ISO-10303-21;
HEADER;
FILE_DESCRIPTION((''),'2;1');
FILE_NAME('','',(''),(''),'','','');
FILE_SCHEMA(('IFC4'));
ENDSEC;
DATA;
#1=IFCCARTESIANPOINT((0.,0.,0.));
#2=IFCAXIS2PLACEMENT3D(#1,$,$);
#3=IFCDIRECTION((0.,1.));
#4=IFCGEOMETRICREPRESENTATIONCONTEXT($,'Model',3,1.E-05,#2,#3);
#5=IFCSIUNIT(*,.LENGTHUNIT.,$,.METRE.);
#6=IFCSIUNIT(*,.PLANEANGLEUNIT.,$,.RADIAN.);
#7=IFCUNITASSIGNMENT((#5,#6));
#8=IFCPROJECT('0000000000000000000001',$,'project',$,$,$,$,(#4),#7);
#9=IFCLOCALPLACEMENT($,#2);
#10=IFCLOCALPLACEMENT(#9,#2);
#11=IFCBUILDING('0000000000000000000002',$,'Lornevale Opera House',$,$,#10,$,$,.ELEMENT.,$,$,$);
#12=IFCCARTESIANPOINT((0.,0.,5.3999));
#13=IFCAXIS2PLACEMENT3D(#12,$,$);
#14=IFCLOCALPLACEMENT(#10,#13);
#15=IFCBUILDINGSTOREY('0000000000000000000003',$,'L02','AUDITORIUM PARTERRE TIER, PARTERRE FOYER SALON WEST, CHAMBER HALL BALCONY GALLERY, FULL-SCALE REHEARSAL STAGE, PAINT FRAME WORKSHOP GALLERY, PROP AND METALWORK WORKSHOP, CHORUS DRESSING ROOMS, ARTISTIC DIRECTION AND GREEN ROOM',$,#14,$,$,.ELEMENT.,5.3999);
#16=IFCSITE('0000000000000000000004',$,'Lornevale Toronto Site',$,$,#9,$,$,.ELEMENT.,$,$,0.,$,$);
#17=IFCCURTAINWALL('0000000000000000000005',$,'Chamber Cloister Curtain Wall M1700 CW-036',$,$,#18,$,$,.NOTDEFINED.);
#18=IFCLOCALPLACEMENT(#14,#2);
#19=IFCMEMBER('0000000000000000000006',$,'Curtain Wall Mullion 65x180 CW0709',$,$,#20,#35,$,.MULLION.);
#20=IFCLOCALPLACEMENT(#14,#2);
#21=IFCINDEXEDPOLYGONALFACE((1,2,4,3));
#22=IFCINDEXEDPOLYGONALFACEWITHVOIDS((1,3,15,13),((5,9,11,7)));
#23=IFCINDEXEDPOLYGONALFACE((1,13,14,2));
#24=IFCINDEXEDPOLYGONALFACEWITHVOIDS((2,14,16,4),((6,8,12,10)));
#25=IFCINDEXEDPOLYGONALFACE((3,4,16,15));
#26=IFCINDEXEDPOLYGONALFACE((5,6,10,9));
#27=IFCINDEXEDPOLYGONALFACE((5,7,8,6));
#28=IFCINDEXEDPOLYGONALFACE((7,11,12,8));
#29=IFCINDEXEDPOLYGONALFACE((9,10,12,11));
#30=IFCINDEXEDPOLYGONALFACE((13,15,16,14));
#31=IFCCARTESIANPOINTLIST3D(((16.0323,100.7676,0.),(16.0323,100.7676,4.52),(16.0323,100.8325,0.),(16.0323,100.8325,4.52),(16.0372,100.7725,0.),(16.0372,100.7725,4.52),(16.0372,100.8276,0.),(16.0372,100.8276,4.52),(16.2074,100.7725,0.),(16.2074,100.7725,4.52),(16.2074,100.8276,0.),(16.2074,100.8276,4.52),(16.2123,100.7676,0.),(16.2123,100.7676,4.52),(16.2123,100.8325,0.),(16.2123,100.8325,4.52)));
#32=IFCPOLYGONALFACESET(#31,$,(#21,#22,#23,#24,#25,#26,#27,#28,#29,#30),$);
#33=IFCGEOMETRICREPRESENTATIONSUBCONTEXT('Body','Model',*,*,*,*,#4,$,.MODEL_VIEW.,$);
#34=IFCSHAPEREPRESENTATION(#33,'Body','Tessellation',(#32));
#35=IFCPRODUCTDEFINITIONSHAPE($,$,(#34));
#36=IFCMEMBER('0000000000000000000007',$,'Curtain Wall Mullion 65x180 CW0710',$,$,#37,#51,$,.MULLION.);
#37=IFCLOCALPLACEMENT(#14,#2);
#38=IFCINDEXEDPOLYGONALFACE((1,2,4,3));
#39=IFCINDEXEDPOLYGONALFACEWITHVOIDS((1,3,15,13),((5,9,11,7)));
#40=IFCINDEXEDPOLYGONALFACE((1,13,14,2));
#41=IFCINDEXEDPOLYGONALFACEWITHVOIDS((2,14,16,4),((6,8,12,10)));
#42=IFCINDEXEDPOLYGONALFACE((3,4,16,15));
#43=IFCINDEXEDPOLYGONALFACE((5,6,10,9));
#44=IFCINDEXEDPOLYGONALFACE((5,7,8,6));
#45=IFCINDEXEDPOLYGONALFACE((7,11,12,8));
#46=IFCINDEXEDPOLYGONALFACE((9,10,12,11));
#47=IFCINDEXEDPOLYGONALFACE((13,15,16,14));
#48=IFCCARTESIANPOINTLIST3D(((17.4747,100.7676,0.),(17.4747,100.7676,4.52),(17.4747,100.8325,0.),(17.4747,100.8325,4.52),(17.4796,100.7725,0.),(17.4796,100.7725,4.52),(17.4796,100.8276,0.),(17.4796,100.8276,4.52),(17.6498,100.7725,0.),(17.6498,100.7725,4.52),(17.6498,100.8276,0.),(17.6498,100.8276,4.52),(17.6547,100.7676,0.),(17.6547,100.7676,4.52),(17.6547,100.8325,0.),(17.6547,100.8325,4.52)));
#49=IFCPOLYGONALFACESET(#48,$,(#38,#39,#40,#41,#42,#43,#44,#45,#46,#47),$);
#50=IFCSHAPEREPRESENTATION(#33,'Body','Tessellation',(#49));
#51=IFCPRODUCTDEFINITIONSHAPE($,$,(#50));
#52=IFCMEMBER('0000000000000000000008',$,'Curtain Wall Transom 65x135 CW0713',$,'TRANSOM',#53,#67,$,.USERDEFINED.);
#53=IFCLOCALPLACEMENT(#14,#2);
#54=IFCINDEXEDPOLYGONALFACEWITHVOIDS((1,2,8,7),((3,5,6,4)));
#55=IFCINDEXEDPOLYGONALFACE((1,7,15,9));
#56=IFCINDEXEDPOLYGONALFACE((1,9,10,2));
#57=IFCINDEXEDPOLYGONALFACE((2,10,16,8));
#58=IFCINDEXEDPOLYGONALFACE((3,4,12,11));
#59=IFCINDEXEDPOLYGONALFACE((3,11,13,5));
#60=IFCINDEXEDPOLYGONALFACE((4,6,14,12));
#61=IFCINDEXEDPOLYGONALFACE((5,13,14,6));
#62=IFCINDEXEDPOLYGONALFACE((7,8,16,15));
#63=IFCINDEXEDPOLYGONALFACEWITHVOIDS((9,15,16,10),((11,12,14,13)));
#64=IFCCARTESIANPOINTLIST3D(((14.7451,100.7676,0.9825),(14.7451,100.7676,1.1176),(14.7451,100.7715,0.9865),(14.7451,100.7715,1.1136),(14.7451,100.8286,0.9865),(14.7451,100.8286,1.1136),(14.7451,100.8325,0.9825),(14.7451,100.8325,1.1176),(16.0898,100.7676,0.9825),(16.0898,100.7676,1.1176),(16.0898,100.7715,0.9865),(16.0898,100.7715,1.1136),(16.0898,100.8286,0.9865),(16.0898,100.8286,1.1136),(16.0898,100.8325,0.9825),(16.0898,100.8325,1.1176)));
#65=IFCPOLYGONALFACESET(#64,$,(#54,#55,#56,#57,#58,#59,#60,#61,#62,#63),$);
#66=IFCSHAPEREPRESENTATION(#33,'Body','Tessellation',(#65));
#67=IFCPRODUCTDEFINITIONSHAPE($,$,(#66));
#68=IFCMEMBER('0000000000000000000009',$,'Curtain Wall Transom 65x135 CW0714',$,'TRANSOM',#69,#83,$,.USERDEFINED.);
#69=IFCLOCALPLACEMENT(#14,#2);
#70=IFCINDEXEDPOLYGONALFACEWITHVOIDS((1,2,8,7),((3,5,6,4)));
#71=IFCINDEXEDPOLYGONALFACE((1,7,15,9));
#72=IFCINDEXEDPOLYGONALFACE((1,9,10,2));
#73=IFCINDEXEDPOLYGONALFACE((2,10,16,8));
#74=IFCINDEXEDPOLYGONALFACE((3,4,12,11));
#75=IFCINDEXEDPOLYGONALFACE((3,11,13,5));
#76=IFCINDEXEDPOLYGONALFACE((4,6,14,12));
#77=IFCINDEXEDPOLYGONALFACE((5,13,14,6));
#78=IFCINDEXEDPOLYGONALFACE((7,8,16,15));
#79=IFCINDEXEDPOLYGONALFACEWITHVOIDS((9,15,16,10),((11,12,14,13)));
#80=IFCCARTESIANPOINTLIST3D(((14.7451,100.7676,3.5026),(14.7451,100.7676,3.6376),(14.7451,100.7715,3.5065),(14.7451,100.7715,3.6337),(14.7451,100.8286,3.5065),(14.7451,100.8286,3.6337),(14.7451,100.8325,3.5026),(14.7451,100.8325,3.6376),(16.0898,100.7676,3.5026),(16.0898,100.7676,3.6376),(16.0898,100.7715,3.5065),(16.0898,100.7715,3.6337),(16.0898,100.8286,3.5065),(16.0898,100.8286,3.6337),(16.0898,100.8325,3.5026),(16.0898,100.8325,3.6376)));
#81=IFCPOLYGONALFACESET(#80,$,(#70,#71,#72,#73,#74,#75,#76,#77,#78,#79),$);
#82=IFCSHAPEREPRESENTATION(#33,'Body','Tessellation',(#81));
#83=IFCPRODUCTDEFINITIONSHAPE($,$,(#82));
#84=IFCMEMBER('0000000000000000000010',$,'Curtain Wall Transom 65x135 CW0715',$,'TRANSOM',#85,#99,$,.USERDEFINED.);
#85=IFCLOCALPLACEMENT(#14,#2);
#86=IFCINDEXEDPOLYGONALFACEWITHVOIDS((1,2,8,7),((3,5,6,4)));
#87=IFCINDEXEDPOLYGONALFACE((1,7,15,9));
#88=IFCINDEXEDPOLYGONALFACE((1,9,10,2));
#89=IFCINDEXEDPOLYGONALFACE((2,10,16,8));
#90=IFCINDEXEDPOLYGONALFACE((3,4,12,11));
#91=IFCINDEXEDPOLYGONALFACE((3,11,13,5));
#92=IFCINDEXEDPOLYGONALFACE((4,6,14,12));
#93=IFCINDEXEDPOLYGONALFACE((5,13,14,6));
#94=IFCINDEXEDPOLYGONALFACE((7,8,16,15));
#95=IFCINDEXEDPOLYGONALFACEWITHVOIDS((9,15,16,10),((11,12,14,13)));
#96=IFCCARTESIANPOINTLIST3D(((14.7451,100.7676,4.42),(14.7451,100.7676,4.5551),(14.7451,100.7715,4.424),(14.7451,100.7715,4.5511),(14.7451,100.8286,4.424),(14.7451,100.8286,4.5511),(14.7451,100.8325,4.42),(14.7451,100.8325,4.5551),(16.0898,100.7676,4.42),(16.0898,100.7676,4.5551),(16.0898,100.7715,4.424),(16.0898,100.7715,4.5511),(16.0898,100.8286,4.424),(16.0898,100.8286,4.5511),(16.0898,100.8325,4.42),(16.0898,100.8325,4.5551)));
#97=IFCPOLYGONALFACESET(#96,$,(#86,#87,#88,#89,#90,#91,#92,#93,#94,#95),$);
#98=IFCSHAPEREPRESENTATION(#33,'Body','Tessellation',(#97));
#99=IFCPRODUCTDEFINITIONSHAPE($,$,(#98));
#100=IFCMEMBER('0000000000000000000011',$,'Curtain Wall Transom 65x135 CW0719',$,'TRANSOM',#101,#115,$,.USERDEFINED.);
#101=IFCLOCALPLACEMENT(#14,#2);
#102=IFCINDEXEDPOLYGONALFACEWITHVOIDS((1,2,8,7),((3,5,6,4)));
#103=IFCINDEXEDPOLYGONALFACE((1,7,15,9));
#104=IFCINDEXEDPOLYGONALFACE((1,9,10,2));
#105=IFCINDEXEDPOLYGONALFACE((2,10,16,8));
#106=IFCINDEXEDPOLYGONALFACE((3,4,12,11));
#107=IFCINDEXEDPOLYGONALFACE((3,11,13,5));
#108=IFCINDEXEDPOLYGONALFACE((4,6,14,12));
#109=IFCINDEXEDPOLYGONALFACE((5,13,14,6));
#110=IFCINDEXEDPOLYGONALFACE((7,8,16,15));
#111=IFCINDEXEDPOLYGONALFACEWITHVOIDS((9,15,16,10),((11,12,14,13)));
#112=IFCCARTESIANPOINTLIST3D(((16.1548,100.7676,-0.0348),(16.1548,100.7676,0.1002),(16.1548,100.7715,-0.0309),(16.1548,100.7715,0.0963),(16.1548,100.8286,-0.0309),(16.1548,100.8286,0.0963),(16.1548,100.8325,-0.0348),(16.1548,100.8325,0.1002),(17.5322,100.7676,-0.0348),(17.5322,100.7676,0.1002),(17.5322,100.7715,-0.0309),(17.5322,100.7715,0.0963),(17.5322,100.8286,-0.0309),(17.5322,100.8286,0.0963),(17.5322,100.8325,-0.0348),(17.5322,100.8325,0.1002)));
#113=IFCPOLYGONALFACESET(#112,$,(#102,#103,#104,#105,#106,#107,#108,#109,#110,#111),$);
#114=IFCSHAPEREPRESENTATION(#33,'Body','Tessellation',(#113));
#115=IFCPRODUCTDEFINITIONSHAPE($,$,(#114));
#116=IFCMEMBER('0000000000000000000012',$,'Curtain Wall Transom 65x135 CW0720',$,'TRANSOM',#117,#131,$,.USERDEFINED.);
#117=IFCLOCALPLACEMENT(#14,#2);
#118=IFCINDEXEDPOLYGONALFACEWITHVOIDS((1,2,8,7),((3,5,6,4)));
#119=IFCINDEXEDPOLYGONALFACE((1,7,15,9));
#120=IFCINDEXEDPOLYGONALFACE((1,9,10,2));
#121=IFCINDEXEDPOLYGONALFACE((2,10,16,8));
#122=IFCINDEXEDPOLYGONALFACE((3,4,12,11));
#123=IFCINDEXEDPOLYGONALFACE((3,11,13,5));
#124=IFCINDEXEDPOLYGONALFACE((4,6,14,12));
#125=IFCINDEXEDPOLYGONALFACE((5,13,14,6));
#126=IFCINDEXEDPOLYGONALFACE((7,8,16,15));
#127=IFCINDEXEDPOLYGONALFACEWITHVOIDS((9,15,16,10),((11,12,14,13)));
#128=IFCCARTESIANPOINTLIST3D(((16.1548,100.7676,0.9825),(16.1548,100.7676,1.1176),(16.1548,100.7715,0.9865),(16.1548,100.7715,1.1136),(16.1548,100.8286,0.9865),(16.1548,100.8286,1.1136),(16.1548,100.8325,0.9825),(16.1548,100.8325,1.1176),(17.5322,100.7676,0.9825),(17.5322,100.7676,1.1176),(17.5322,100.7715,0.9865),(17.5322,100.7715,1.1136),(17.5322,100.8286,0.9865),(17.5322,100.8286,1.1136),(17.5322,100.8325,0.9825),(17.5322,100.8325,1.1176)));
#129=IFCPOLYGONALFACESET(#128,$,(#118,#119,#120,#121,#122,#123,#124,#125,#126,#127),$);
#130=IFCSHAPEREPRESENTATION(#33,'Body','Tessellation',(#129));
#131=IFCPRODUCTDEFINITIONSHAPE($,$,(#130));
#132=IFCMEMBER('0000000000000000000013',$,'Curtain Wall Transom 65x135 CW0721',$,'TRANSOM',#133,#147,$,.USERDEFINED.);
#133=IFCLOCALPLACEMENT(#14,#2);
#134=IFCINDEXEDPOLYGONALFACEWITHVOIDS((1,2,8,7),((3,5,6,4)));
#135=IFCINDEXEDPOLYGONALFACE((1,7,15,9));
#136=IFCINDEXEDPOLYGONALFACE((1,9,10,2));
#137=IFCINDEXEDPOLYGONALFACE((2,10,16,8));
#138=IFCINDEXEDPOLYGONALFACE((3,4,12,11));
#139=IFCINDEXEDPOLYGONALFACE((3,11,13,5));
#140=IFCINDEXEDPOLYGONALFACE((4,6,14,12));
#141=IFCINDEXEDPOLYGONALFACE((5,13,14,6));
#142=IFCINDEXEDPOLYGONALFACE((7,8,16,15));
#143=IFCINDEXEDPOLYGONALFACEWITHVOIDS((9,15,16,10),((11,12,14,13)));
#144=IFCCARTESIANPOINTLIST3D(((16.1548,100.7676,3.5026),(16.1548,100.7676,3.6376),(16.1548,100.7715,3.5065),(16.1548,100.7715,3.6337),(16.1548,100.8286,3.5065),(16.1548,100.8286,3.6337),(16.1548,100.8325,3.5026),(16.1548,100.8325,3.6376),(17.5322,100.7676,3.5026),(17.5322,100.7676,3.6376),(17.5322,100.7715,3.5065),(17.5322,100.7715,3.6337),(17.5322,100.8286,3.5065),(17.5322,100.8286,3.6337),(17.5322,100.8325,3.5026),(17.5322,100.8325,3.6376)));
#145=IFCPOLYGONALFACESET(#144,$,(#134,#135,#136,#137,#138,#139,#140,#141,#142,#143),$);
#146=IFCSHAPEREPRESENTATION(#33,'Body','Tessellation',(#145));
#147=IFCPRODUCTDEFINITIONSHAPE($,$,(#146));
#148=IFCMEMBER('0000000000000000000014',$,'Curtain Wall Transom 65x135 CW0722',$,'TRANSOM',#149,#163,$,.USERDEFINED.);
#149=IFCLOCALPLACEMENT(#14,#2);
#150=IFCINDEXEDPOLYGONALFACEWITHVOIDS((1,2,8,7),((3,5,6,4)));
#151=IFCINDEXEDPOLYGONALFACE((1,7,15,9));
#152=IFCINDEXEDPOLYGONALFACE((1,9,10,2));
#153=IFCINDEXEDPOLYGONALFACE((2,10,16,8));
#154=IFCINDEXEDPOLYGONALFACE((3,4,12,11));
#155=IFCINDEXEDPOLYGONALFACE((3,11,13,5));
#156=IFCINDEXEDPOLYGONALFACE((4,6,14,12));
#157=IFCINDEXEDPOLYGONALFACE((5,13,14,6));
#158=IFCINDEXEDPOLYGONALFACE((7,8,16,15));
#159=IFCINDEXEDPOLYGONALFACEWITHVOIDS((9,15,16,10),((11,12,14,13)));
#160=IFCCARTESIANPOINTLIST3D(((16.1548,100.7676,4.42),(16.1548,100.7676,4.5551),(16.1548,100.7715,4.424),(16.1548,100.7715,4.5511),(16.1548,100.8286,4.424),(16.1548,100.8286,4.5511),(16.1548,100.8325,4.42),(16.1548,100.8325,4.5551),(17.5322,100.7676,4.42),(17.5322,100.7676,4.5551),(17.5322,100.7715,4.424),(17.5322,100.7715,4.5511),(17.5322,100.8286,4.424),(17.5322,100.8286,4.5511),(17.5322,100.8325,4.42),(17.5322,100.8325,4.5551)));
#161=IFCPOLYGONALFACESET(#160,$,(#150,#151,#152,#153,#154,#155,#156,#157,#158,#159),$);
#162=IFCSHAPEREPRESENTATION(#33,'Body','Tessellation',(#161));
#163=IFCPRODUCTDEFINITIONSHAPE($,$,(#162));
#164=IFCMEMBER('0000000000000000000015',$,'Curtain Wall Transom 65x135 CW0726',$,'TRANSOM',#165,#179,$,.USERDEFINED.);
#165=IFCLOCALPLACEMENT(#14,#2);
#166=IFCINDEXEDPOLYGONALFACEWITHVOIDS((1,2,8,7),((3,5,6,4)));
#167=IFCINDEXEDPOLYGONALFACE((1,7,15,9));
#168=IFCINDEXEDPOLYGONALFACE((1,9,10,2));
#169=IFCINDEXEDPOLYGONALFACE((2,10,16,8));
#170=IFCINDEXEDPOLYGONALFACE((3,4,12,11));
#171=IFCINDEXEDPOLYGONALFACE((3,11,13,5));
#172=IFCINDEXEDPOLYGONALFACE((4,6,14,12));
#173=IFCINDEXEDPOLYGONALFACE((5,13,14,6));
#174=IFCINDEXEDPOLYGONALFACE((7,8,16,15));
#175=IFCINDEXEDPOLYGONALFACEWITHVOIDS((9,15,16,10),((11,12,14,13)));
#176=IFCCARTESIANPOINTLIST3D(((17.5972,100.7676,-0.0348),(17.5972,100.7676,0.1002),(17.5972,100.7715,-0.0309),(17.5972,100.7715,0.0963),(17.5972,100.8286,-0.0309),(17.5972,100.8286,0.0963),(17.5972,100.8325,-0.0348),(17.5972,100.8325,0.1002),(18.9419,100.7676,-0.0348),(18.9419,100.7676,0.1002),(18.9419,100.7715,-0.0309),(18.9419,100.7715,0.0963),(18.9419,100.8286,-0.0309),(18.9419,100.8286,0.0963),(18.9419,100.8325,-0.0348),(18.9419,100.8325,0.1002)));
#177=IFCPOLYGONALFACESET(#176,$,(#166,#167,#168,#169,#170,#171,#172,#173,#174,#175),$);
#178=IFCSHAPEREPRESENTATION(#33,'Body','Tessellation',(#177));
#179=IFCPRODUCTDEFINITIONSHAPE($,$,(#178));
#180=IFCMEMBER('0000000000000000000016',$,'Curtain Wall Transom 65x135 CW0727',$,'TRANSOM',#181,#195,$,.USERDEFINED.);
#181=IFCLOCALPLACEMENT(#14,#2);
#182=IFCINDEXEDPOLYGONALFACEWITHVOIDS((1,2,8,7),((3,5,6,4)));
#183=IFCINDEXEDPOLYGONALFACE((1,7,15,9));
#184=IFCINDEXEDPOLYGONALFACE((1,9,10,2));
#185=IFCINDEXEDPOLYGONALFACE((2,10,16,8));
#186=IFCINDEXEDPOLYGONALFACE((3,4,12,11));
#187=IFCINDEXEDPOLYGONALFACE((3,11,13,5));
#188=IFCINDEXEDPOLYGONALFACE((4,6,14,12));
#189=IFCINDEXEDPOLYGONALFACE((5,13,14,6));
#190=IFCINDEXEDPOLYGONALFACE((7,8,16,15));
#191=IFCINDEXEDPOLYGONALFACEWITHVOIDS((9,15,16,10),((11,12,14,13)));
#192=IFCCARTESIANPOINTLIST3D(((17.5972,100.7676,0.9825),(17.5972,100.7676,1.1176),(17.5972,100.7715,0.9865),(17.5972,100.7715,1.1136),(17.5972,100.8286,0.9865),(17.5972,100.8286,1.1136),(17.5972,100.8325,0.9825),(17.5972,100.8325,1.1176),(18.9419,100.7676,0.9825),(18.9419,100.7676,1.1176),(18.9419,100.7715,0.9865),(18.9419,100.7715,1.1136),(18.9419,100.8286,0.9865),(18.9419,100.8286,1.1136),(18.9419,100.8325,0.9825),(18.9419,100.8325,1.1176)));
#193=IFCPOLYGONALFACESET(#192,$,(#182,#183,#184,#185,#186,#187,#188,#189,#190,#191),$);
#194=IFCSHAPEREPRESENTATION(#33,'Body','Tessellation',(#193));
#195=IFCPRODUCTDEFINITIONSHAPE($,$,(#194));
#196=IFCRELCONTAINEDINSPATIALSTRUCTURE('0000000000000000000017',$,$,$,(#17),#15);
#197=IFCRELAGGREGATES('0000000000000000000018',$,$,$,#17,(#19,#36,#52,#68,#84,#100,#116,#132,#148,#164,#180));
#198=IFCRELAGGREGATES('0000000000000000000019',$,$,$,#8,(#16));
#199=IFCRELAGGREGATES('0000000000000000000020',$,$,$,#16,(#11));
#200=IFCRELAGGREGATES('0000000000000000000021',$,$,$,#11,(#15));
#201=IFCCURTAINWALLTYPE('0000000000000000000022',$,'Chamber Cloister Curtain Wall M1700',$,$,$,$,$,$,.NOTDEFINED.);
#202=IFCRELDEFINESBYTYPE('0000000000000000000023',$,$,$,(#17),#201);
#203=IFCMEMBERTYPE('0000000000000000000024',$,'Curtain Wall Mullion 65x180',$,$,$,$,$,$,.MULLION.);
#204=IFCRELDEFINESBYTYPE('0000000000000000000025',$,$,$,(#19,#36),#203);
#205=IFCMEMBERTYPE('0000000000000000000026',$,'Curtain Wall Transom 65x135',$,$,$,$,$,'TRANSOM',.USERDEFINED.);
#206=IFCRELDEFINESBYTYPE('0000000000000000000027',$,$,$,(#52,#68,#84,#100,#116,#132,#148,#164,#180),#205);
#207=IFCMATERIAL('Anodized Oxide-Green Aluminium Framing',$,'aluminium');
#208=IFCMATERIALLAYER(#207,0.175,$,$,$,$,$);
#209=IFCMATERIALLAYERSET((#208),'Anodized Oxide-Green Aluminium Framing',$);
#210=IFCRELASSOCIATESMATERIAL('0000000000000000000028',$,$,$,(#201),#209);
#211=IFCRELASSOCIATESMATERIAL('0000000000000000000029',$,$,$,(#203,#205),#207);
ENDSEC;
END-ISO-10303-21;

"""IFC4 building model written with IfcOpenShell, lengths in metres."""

from ifc_helpers import new_model, si_unit, direction, frame, origin, origin_2d, place, context, subcontext, project, spatial, hollow_rectangle, extrude, material, layer, layer_set, material_profile, profile_set, type_object, element, aggregate, save


model = new_model("IFC4")

# Units and contexts
model_context = context("Model", 3, precision=1e-05, world=origin(), true_north=direction((0.0, 1.0)))
body_context = subcontext(model_context, "Body", "Model", "MODEL_VIEW")
ifc_project = project(units=[si_unit("LENGTHUNIT", "METRE"), si_unit("PLANEANGLEUNIT", "RADIAN")], contexts=[model_context])

# Site, building, storey
site_placement = place(None, origin())
site = spatial("IfcSite", under=ifc_project, at=site_placement, Name="Lornevale Toronto Site", CompositionType="ELEMENT", RefElevation=0.0)
building_placement = place(site_placement, origin())
building = spatial("IfcBuilding", under=site, at=building_placement, Name="Lornevale Opera House", CompositionType="ELEMENT")
storey_placement = place(building_placement, frame((0.0, 0.0, 5.3999)))
storey = spatial("IfcBuildingStorey", under=building, at=storey_placement, Name="L02", Description="AUDITORIUM PARTERRE TIER, PARTERRE FOYER SALON WEST, CHAMBER HALL BALCONY GALLERY, FULL-SCALE REHEARSAL STAGE, PAINT FRAME WORKSHOP GALLERY, PROP AND METALWORK WORKSHOP, CHORUS DRESSING ROOMS, ARTISTIC DIRECTION AND GREEN ROOM", CompositionType="ELEMENT", Elevation=5.3999)

# Curtain wall, members
ifc_material_1 = material(Name="Anodized Oxide-Green Aluminium Framing", Category="aluminium")
ifc_layer_1 = layer(ifc_material_1, 0.175)
ifc_layer_set_1 = layer_set([ifc_layer_1], Name="Anodized Oxide-Green Aluminium Framing")
curtain_wall_type = type_object("IfcCurtainWallType", Name="Chamber Cloister Curtain Wall M1700", PredefinedType="NOTDEFINED", material=ifc_layer_set_1)
curtain_wall_placement = place(storey_placement, origin())
curtain_wall = element("IfcCurtainWall", 1, at=curtain_wall_placement, inside=storey, type_object=curtain_wall_type, Name="Chamber Cloister Curtain Wall M1700 CW-036", PredefinedType="NOTDEFINED")
ifc_material_profile_1 = material_profile(ifc_material_1, hollow_rectangle(XDim=0.0649, YDim=0.1799, WallThickness=0.0049, at=origin_2d()), Name="ALU65x180x5")
ifc_profile_set_1 = profile_set([ifc_material_profile_1], Name="Anodized Oxide-Green Aluminium Framing")
member_type_1 = type_object("IfcMemberType", Name="Curtain Wall Mullion 65x180", PredefinedType="MULLION", material=ifc_profile_set_1)
member_1_placement = place(storey_placement, frame((16.1223, 100.8, 0.0), z_axis=(0.0, 0.0, 1.0), x_axis=(0.0, 1.0, 0.0)))
member_1 = element("IfcMember", 2, at=member_1_placement, type_object=member_type_1, Name="Curtain Wall Mullion 65x180 CW0709", PredefinedType="MULLION", context=body_context, shape_type="SweptSolid", body=[
    extrude(hollow_rectangle(XDim=0.0649, YDim=0.1799, WallThickness=0.0049, at=origin_2d()), origin(), (0.0, 0.0, 1.0), 4.52),
])
member_2_placement = place(storey_placement, frame((17.5647, 100.8, 0.0), z_axis=(0.0, 0.0, 1.0), x_axis=(0.0, 1.0, 0.0)))
member_2 = element("IfcMember", 3, at=member_2_placement, type_object=member_type_1, Name="Curtain Wall Mullion 65x180 CW0710", PredefinedType="MULLION", context=body_context, shape_type="SweptSolid", body=[
    extrude(hollow_rectangle(XDim=0.0649, YDim=0.1799, WallThickness=0.0049, at=origin_2d()), origin(), (0.0, 0.0, 1.0), 4.52),
])
ifc_material_profile_2 = material_profile(ifc_material_1, hollow_rectangle(XDim=0.0649, YDim=0.135, WallThickness=0.0039, at=origin_2d()), Name="ALU65x135x4")
ifc_profile_set_2 = profile_set([ifc_material_profile_2], Name="Anodized Oxide-Green Aluminium Framing")
member_type_2 = type_object("IfcMemberType", Name="Curtain Wall Transom 65x135", ElementType="TRANSOM", PredefinedType="USERDEFINED", material=ifc_profile_set_2)
member_3_placement = place(storey_placement, frame((14.7451, 100.8, 1.05), z_axis=(1.0, 0.0, 0.0), x_axis=(0.0, 1.0, 0.0)))
member_3 = element("IfcMember", 4, at=member_3_placement, type_object=member_type_2, Name="Curtain Wall Transom 65x135 CW0713", ObjectType="TRANSOM", PredefinedType="USERDEFINED", context=body_context, shape_type="SweptSolid", body=[
    extrude(hollow_rectangle(XDim=0.0649, YDim=0.135, WallThickness=0.0039, at=origin_2d()), origin(), (0.0, 0.0, 1.0), 1.3447),
])
member_4_placement = place(storey_placement, frame((14.7451, 100.8, 3.5701), z_axis=(1.0, 0.0, 0.0), x_axis=(0.0, 1.0, 0.0)))
member_4 = element("IfcMember", 5, at=member_4_placement, type_object=member_type_2, Name="Curtain Wall Transom 65x135 CW0714", ObjectType="TRANSOM", PredefinedType="USERDEFINED", context=body_context, shape_type="SweptSolid", body=[
    extrude(hollow_rectangle(XDim=0.0649, YDim=0.135, WallThickness=0.0039, at=origin_2d()), origin(), (0.0, 0.0, 1.0), 1.3447),
])
member_5_placement = place(storey_placement, frame((14.7451, 100.8, 4.4875), z_axis=(1.0, 0.0, 0.0), x_axis=(0.0, 1.0, 0.0)))
member_5 = element("IfcMember", 6, at=member_5_placement, type_object=member_type_2, Name="Curtain Wall Transom 65x135 CW0715", ObjectType="TRANSOM", PredefinedType="USERDEFINED", context=body_context, shape_type="SweptSolid", body=[
    extrude(hollow_rectangle(XDim=0.0649, YDim=0.135, WallThickness=0.0039, at=origin_2d()), origin(), (0.0, 0.0, 1.0), 1.3447),
])
member_6_placement = place(storey_placement, frame((16.1548, 100.8, 0.0327), z_axis=(1.0, 0.0, 0.0), x_axis=(0.0, 1.0, 0.0)))
member_6 = element("IfcMember", 7, at=member_6_placement, type_object=member_type_2, Name="Curtain Wall Transom 65x135 CW0719", ObjectType="TRANSOM", PredefinedType="USERDEFINED", context=body_context, shape_type="SweptSolid", body=[
    extrude(hollow_rectangle(XDim=0.0649, YDim=0.135, WallThickness=0.0039, at=origin_2d()), origin(), (0.0, 0.0, 1.0), 1.3774),
])
member_7_placement = place(storey_placement, frame((16.1548, 100.8, 1.05), z_axis=(1.0, 0.0, 0.0), x_axis=(0.0, 1.0, 0.0)))
member_7 = element("IfcMember", 8, at=member_7_placement, type_object=member_type_2, Name="Curtain Wall Transom 65x135 CW0720", ObjectType="TRANSOM", PredefinedType="USERDEFINED", context=body_context, shape_type="SweptSolid", body=[
    extrude(hollow_rectangle(XDim=0.0649, YDim=0.135, WallThickness=0.0039, at=origin_2d()), origin(), (0.0, 0.0, 1.0), 1.3774),
])
member_8_placement = place(storey_placement, frame((16.1548, 100.8, 3.5701), z_axis=(1.0, 0.0, 0.0), x_axis=(0.0, 1.0, 0.0)))
member_8 = element("IfcMember", 9, at=member_8_placement, type_object=member_type_2, Name="Curtain Wall Transom 65x135 CW0721", ObjectType="TRANSOM", PredefinedType="USERDEFINED", context=body_context, shape_type="SweptSolid", body=[
    extrude(hollow_rectangle(XDim=0.0649, YDim=0.135, WallThickness=0.0039, at=origin_2d()), origin(), (0.0, 0.0, 1.0), 1.3774),
])
member_9_placement = place(storey_placement, frame((16.1548, 100.8, 4.4875), z_axis=(1.0, 0.0, 0.0), x_axis=(0.0, 1.0, 0.0)))
member_9 = element("IfcMember", 10, at=member_9_placement, type_object=member_type_2, Name="Curtain Wall Transom 65x135 CW0722", ObjectType="TRANSOM", PredefinedType="USERDEFINED", context=body_context, shape_type="SweptSolid", body=[
    extrude(hollow_rectangle(XDim=0.0649, YDim=0.135, WallThickness=0.0039, at=origin_2d()), origin(), (0.0, 0.0, 1.0), 1.3774),
])
member_10_placement = place(storey_placement, frame((17.5972, 100.8, 0.0327), z_axis=(1.0, 0.0, 0.0), x_axis=(0.0, 1.0, 0.0)))
member_10 = element("IfcMember", 11, at=member_10_placement, type_object=member_type_2, Name="Curtain Wall Transom 65x135 CW0726", ObjectType="TRANSOM", PredefinedType="USERDEFINED", context=body_context, shape_type="SweptSolid", body=[
    extrude(hollow_rectangle(XDim=0.0649, YDim=0.135, WallThickness=0.0039, at=origin_2d()), origin(), (0.0, 0.0, 1.0), 1.3447),
])
member_11_placement = place(storey_placement, frame((17.5972, 100.8, 1.05), z_axis=(1.0, 0.0, 0.0), x_axis=(0.0, 1.0, 0.0)))
member_11 = element("IfcMember", 12, at=member_11_placement, type_object=member_type_2, Name="Curtain Wall Transom 65x135 CW0727", ObjectType="TRANSOM", PredefinedType="USERDEFINED", context=body_context, shape_type="SweptSolid", body=[
    extrude(hollow_rectangle(XDim=0.0649, YDim=0.135, WallThickness=0.0039, at=origin_2d()), origin(), (0.0, 0.0, 1.0), 1.3447),
])
aggregate(curtain_wall, [member_1, member_2, member_3, member_4, member_5, member_6, member_7, member_8, member_9, member_10, member_11])

save(model, "model.ifc")
